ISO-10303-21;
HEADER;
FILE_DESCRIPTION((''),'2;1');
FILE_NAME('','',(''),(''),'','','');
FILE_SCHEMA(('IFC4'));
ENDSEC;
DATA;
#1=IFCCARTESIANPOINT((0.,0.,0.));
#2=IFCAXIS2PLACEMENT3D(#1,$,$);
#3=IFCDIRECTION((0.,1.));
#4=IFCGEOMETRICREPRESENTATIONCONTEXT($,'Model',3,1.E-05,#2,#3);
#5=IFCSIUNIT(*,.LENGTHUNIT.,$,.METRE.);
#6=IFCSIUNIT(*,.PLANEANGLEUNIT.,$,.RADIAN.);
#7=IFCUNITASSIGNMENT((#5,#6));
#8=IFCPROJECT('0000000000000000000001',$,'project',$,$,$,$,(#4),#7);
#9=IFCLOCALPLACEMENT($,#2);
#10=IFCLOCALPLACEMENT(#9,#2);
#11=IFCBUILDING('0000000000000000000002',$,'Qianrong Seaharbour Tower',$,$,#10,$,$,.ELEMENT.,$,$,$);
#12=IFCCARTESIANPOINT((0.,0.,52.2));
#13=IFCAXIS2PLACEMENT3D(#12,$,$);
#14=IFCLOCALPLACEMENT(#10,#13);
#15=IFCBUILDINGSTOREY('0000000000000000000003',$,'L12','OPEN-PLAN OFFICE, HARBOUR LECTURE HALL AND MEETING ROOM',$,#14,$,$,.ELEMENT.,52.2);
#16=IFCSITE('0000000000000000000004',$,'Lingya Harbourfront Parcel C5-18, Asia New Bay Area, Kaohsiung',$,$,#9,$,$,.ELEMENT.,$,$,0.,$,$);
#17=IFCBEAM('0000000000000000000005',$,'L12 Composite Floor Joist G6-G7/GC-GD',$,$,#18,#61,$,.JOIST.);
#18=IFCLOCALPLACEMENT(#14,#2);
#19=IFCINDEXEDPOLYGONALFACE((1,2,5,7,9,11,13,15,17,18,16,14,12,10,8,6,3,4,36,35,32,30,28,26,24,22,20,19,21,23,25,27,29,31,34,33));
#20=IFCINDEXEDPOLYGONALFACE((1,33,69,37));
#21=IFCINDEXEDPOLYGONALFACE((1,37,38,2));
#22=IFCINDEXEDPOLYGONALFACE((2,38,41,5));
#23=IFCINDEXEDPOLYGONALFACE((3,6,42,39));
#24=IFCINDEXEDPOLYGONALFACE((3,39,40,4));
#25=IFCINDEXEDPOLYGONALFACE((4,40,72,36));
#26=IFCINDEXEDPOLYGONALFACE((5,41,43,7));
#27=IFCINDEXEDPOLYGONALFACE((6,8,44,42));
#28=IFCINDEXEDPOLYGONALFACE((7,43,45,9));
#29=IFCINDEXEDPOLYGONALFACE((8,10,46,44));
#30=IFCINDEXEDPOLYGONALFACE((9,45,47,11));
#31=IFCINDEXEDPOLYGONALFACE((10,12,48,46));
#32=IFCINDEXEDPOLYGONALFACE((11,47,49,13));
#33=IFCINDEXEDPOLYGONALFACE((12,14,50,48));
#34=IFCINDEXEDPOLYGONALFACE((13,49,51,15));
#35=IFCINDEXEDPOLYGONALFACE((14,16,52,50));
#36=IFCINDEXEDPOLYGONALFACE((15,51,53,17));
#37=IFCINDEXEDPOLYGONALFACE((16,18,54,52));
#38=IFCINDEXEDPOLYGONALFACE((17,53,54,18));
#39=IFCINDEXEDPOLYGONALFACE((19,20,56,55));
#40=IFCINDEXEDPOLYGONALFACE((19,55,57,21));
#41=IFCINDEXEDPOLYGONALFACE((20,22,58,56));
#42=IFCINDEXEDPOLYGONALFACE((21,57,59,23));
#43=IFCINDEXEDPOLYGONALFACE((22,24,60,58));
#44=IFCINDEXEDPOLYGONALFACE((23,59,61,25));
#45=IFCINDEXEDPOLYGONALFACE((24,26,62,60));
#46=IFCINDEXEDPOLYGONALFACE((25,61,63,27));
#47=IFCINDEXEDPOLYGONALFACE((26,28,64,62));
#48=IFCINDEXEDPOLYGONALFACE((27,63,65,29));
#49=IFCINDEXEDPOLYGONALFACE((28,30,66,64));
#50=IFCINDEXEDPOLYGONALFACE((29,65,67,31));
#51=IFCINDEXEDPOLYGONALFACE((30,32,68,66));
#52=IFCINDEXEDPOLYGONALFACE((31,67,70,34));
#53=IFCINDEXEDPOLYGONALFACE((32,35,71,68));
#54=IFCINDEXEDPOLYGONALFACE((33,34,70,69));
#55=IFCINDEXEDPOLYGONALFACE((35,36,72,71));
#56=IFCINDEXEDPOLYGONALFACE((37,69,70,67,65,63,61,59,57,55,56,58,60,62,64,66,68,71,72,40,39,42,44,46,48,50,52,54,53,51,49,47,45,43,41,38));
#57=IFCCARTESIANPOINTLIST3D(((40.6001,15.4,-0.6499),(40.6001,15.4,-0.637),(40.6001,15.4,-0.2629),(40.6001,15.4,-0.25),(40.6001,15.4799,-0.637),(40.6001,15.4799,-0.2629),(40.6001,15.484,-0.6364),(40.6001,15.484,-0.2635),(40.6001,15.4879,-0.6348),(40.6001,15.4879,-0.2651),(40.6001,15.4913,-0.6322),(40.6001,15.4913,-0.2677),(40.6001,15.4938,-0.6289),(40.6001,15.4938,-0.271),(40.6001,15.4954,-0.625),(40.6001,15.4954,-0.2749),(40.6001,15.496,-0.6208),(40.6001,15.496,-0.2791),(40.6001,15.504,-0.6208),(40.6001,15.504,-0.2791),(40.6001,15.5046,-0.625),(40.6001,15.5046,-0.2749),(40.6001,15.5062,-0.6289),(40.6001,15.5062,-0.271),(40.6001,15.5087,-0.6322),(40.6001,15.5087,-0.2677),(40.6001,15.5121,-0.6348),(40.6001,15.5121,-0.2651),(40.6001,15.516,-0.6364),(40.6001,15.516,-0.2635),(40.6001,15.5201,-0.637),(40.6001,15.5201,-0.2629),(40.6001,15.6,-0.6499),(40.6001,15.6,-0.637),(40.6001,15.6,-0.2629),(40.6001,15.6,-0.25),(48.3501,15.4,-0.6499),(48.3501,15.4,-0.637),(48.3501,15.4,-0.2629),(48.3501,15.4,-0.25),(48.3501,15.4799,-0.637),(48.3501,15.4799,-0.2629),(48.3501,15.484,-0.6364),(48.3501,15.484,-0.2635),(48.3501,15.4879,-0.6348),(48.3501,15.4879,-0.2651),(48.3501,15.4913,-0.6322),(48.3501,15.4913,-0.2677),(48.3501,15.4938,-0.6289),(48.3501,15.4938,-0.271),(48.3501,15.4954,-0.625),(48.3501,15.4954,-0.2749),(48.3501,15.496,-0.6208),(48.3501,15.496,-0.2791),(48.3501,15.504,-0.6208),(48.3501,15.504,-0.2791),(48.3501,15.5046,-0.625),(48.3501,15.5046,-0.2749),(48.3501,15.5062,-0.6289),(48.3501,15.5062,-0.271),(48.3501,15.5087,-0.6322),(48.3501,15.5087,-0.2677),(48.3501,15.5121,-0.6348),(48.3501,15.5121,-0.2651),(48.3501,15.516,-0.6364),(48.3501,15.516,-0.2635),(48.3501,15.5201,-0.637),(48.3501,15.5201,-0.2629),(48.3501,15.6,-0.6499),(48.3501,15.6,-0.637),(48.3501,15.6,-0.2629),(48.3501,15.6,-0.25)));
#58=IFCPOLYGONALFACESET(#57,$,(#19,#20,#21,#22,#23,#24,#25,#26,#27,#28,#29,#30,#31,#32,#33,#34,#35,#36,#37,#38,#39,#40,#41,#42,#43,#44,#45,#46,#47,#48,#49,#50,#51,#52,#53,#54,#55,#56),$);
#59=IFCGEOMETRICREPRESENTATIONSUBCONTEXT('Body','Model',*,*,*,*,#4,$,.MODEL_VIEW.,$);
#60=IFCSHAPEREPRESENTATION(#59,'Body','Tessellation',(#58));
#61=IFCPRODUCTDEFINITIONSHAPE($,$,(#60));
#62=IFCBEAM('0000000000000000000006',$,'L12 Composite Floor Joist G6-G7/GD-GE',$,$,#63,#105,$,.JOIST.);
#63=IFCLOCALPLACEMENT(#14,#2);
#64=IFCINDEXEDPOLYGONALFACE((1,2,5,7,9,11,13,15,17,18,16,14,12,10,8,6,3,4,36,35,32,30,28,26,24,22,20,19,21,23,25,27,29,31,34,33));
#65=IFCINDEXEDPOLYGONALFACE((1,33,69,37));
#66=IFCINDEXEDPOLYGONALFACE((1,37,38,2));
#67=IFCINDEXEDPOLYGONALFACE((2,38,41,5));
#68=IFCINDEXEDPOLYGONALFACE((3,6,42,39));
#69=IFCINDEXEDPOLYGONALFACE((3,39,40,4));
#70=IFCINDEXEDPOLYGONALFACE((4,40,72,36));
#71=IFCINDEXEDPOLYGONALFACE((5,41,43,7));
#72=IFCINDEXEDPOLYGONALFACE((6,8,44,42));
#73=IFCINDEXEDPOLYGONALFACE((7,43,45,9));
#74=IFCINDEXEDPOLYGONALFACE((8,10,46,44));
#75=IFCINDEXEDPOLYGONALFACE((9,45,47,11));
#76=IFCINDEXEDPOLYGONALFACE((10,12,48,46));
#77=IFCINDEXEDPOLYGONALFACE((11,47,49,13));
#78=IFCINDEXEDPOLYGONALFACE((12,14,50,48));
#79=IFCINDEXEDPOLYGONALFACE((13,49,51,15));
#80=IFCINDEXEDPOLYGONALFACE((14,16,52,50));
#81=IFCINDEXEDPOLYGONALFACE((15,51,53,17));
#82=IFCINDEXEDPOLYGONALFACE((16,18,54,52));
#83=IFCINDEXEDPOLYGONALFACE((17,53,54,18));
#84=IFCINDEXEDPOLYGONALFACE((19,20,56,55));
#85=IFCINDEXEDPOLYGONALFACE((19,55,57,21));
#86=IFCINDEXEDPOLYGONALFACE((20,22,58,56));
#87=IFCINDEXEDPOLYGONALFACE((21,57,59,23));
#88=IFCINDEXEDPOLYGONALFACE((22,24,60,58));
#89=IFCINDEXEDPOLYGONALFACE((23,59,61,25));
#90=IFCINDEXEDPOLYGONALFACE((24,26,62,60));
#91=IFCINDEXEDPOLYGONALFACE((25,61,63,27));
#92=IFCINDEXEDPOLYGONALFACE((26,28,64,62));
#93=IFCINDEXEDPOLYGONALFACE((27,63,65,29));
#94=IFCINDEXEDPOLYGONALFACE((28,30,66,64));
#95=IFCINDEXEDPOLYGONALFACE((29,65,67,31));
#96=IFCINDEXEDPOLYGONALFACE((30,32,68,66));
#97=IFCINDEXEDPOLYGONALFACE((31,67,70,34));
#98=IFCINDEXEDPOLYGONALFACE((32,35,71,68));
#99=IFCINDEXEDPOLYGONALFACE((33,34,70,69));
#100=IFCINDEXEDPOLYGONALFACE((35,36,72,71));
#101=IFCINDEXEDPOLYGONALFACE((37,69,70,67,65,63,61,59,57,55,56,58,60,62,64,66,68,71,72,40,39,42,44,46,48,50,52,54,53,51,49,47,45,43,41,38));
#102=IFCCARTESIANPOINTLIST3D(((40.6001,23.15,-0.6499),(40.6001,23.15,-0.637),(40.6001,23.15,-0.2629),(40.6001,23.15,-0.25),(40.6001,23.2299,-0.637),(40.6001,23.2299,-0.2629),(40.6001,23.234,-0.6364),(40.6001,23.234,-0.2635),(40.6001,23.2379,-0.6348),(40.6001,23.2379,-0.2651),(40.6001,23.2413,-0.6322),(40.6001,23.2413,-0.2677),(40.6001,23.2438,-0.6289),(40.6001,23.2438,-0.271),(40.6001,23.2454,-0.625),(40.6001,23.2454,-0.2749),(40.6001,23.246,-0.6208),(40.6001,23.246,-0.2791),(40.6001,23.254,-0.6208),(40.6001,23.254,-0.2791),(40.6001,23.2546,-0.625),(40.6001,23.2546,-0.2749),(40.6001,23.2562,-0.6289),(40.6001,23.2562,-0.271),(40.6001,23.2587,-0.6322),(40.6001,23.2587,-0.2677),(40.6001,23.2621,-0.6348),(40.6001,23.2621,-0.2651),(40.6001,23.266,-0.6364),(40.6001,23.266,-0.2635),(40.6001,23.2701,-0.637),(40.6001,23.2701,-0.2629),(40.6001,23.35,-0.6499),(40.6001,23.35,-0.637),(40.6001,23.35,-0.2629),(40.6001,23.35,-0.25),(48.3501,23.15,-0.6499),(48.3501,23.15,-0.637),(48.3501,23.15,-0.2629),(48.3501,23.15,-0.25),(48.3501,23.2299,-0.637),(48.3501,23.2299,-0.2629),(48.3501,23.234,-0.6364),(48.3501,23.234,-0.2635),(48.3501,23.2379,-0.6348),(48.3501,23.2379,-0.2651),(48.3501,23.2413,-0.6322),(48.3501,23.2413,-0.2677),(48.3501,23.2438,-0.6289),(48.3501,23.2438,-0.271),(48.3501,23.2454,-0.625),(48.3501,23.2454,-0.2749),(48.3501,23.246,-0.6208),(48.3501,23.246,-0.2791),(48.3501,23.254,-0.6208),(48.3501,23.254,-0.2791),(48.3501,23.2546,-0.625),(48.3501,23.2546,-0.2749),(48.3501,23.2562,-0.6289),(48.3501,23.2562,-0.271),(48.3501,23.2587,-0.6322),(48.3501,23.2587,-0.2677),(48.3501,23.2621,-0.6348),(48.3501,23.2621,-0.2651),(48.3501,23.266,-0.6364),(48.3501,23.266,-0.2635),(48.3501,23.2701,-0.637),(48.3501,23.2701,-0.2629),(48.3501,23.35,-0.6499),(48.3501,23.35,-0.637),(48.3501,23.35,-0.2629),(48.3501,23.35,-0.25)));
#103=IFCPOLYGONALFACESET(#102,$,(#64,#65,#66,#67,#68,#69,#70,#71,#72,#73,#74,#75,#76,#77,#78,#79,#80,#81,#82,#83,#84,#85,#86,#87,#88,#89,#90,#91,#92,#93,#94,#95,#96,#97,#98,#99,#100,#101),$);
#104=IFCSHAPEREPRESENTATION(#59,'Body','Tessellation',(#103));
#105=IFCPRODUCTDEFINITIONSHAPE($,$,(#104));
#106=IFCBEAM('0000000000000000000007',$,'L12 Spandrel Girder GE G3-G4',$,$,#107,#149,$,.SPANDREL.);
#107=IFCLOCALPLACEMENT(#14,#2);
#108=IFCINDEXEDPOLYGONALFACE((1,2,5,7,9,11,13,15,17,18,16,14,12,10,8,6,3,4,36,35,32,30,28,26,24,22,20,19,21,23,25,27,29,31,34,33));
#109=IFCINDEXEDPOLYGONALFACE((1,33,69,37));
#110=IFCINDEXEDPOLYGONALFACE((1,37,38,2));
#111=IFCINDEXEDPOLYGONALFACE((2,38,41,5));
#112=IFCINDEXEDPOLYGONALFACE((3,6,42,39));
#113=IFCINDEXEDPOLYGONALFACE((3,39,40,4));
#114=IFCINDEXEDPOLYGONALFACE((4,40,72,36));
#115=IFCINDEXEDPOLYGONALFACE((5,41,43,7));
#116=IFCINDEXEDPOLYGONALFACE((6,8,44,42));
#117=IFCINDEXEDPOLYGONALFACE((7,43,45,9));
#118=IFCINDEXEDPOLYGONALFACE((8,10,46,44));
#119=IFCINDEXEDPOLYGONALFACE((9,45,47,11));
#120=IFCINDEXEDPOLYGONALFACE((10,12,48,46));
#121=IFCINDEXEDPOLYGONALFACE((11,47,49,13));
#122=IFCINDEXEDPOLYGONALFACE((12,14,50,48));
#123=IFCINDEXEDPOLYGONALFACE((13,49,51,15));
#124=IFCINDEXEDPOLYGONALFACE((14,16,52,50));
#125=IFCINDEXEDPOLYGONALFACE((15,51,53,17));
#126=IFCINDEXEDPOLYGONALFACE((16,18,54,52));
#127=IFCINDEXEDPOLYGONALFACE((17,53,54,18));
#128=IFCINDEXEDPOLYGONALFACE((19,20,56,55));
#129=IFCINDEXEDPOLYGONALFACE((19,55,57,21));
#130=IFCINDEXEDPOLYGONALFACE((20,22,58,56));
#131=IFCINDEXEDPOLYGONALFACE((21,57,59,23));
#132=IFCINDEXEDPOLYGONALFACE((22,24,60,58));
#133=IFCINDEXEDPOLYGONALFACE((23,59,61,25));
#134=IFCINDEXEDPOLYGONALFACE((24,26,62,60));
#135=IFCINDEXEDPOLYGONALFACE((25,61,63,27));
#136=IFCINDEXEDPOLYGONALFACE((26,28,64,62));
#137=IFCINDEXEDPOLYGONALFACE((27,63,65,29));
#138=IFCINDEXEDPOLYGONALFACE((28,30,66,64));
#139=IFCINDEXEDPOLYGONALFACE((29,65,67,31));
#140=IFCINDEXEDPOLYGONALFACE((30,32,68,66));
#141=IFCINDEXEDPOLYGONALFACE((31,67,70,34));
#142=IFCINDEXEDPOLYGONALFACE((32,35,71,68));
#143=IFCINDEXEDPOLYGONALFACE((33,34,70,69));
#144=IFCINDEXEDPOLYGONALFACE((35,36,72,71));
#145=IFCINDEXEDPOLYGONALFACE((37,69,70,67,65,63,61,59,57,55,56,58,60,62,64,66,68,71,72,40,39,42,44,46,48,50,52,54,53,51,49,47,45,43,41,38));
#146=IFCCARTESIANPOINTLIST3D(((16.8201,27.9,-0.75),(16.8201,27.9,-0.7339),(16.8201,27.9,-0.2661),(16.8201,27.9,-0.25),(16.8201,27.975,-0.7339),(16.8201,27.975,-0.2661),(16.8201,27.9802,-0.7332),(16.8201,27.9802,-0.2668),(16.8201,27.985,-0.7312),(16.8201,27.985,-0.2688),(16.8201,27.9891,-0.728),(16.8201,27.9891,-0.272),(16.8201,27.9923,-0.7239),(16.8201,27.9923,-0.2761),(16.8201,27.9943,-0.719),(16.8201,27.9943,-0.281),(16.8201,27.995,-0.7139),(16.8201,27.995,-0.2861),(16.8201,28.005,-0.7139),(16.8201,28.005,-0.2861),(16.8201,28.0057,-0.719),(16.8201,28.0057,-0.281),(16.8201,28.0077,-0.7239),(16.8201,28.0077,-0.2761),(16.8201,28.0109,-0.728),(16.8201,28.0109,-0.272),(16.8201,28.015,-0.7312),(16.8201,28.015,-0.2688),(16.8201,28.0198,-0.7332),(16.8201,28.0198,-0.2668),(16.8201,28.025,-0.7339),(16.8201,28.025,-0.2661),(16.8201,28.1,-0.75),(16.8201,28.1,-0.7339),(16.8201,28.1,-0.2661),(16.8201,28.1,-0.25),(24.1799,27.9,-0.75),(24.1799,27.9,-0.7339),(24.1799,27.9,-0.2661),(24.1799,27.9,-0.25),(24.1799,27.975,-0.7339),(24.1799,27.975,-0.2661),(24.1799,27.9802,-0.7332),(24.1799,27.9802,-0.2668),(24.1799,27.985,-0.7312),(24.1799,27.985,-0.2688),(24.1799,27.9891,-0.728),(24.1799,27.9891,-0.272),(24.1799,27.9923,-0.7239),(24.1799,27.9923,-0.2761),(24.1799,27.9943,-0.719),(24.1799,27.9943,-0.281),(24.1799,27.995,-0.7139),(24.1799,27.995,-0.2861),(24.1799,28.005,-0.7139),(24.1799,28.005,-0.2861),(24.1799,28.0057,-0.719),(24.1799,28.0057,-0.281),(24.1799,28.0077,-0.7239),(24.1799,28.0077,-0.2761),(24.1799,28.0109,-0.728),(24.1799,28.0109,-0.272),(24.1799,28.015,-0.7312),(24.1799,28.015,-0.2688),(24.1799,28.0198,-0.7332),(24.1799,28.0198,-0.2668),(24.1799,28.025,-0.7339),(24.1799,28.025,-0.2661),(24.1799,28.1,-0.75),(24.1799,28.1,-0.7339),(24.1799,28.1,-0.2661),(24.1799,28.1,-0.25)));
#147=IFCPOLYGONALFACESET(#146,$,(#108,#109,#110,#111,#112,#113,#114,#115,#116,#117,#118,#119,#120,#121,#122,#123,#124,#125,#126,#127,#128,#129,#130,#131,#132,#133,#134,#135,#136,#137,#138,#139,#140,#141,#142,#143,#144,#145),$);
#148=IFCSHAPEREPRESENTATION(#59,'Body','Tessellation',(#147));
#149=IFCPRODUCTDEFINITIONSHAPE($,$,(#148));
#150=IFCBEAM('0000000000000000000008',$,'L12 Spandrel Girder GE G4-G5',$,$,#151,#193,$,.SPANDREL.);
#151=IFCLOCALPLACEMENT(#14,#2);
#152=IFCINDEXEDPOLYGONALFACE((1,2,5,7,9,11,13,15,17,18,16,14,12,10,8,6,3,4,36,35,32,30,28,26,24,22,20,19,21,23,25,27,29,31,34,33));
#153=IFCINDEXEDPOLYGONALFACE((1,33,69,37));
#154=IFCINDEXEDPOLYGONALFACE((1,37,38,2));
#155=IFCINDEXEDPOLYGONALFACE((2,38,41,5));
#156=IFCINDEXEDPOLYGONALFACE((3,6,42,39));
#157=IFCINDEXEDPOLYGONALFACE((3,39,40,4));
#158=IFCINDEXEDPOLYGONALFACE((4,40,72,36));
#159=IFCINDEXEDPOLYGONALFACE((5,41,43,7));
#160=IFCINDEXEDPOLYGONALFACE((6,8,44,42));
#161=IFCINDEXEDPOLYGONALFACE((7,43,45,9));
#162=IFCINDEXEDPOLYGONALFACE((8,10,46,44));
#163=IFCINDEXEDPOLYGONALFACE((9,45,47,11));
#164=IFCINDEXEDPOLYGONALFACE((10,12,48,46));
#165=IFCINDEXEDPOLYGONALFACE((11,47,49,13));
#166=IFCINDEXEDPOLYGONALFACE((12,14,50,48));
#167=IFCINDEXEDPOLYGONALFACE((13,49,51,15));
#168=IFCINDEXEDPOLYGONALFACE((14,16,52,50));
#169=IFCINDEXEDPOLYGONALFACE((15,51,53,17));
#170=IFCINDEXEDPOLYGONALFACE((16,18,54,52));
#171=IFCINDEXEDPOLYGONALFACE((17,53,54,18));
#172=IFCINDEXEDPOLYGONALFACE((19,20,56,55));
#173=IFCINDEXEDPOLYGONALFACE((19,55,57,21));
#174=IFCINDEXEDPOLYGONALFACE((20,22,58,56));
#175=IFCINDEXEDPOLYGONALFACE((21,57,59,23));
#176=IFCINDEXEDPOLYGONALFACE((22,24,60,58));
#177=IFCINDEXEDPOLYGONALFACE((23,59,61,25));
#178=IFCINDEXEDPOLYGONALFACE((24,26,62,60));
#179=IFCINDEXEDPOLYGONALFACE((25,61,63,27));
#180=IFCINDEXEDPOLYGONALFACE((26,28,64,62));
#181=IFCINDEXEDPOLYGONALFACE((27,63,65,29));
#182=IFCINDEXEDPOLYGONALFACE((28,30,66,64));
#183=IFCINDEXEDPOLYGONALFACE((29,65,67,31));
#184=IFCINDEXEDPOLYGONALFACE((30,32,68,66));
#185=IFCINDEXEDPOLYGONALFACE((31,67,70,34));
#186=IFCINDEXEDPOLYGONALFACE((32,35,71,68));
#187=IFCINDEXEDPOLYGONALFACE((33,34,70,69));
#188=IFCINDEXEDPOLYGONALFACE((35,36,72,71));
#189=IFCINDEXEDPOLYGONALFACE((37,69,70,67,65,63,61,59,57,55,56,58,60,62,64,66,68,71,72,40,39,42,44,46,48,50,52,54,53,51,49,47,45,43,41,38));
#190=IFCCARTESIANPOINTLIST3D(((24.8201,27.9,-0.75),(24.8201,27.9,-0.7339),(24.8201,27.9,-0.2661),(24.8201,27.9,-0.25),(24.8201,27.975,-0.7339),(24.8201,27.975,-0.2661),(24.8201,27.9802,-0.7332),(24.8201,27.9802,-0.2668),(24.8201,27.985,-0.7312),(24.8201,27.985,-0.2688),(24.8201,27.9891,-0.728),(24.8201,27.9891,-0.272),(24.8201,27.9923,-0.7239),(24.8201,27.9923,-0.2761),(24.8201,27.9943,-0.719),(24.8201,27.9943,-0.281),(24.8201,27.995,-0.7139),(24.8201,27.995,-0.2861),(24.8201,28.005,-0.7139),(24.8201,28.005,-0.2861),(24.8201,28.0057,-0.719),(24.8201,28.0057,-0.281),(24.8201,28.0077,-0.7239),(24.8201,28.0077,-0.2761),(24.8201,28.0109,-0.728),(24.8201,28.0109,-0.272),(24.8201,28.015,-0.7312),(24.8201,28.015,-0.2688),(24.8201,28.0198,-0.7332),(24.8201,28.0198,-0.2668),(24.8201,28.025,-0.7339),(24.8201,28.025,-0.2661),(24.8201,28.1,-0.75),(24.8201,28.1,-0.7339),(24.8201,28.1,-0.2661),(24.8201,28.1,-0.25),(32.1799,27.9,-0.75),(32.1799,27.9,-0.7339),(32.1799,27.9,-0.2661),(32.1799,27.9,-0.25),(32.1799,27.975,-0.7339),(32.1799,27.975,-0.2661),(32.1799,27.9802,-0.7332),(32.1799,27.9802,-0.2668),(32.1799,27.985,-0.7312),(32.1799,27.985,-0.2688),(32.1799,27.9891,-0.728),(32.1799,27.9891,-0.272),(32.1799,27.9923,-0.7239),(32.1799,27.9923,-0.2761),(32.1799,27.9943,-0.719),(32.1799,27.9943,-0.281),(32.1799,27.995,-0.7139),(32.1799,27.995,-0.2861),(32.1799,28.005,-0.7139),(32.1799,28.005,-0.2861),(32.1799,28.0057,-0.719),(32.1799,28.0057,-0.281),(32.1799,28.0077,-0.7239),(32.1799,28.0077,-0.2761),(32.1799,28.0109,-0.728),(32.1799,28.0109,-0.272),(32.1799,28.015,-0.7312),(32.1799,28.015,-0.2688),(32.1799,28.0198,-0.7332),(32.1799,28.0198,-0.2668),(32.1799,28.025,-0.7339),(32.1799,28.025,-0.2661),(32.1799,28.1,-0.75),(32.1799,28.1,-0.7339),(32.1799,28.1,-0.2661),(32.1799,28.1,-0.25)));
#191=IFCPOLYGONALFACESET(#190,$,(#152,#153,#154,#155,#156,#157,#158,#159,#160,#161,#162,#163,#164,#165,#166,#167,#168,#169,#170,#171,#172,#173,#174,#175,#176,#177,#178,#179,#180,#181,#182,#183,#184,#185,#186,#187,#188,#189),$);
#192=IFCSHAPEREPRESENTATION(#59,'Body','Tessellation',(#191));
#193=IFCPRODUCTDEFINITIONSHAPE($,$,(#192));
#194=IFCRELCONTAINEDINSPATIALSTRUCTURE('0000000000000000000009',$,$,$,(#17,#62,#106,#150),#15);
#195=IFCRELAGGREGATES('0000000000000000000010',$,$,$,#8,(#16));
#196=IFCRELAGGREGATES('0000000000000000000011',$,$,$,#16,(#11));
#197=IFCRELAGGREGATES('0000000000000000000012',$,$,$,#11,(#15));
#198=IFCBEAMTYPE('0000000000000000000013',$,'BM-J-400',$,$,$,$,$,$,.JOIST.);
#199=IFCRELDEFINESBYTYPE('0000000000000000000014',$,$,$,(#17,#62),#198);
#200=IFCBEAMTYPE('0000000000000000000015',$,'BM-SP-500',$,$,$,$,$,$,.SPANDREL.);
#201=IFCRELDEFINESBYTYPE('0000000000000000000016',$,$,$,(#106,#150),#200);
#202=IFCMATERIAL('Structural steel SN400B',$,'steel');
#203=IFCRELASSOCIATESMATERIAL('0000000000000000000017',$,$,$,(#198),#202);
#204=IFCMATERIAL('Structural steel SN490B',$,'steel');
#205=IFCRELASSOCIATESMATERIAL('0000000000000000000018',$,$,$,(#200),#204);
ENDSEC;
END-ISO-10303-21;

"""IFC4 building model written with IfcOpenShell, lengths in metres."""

from ifc_helpers import new_model, si_unit, direction, frame, origin, origin_2d, place, context, subcontext, project, spatial, i_section, extrude, material, material_profile, profile_set, type_object, element, save


model = new_model("IFC4")

# Units and contexts
model_context = context("Model", 3, precision=1e-05, world=origin(), true_north=direction((0.0, 1.0)))
body_context = subcontext(model_context, "Body", "Model", "MODEL_VIEW")
ifc_project = project(units=[si_unit("LENGTHUNIT", "METRE"), si_unit("PLANEANGLEUNIT", "RADIAN")], contexts=[model_context])

# Site, building, storey
site_placement = place(None, origin())
site = spatial("IfcSite", under=ifc_project, at=site_placement, Name="Lingya Harbourfront Parcel C5-18, Asia New Bay Area, Kaohsiung", CompositionType="ELEMENT", RefElevation=0.0)
building_placement = place(site_placement, origin())
building = spatial("IfcBuilding", under=site, at=building_placement, Name="Qianrong Seaharbour Tower", CompositionType="ELEMENT")
storey_placement = place(building_placement, frame((0.0, 0.0, 52.2)))
storey = spatial("IfcBuildingStorey", under=building, at=storey_placement, Name="L12", Description="OPEN-PLAN OFFICE, HARBOUR LECTURE HALL AND MEETING ROOM", CompositionType="ELEMENT", Elevation=52.2)

# Shared definitions
ifc_material_1 = material(Name="Structural steel SN490B", Category="steel")

# Beams
ifc_material_2 = material(Name="Structural steel SN400B", Category="steel")
ifc_material_profile_1 = material_profile(ifc_material_2, i_section(OverallWidth=0.2, OverallDepth=0.3999, WebThickness=0.0081, FlangeThickness=0.0129, FilletRadius=0.0161, at=origin_2d()), Name="H400x200x8x13")
ifc_profile_set_1 = profile_set([ifc_material_profile_1], Name="Structural steel SN400B")
beam_type_1 = type_object("IfcBeamType", Name="BM-J-400", PredefinedType="JOIST", material=ifc_profile_set_1)
for number, where, z_axis, x_axis, name in (
    (1, (40.6001, 15.5, -0.45), (1.0, 0.0, 0.0), (0.0, 1.0, 0.0), "L12 Composite Floor Joist G6-G7/GC-GD"),
    (2, (40.6001, 23.25, -0.45), (1.0, 0.0, 0.0), (0.0, 1.0, 0.0), "L12 Composite Floor Joist G6-G7/GD-GE"),
):
    element("IfcBeam", number, at=place(storey_placement, frame(where, z_axis=z_axis, x_axis=x_axis)), inside=storey, type_object=beam_type_1, Name=name, PredefinedType="JOIST", context=body_context, shape_type="SweptSolid", body=[
        extrude(i_section(OverallWidth=0.2, OverallDepth=0.3999, WebThickness=0.0081, FlangeThickness=0.0129, FilletRadius=0.0161, at=origin_2d()), origin(), (0.0, 0.0, 1.0), 7.75),
    ])
ifc_material_profile_2 = material_profile(ifc_material_1, i_section(OverallWidth=0.2, OverallDepth=0.5, WebThickness=0.01, FlangeThickness=0.0161, FilletRadius=0.02, at=origin_2d()), Name="H500x200x10x16")
ifc_profile_set_2 = profile_set([ifc_material_profile_2], Name="Structural steel SN490B")
beam_type_2 = type_object("IfcBeamType", Name="BM-SP-500", PredefinedType="SPANDREL", material=ifc_profile_set_2)
for number, where, z_axis, x_axis, name in (
    (3, (16.8201, 28.0, -0.5), (1.0, 0.0, 0.0), (0.0, 1.0, 0.0), "L12 Spandrel Girder GE G3-G4"),
    (4, (24.8201, 28.0, -0.5), (1.0, 0.0, 0.0), (0.0, 1.0, 0.0), "L12 Spandrel Girder GE G4-G5"),
):
    element("IfcBeam", number, at=place(storey_placement, frame(where, z_axis=z_axis, x_axis=x_axis)), inside=storey, type_object=beam_type_2, Name=name, PredefinedType="SPANDREL", context=body_context, shape_type="SweptSolid", body=[
        extrude(i_section(OverallWidth=0.2, OverallDepth=0.5, WebThickness=0.01, FlangeThickness=0.0161, FilletRadius=0.02, at=origin_2d()), origin(), (0.0, 0.0, 1.0), 7.3599),
    ])

save(model, "model.ifc")
